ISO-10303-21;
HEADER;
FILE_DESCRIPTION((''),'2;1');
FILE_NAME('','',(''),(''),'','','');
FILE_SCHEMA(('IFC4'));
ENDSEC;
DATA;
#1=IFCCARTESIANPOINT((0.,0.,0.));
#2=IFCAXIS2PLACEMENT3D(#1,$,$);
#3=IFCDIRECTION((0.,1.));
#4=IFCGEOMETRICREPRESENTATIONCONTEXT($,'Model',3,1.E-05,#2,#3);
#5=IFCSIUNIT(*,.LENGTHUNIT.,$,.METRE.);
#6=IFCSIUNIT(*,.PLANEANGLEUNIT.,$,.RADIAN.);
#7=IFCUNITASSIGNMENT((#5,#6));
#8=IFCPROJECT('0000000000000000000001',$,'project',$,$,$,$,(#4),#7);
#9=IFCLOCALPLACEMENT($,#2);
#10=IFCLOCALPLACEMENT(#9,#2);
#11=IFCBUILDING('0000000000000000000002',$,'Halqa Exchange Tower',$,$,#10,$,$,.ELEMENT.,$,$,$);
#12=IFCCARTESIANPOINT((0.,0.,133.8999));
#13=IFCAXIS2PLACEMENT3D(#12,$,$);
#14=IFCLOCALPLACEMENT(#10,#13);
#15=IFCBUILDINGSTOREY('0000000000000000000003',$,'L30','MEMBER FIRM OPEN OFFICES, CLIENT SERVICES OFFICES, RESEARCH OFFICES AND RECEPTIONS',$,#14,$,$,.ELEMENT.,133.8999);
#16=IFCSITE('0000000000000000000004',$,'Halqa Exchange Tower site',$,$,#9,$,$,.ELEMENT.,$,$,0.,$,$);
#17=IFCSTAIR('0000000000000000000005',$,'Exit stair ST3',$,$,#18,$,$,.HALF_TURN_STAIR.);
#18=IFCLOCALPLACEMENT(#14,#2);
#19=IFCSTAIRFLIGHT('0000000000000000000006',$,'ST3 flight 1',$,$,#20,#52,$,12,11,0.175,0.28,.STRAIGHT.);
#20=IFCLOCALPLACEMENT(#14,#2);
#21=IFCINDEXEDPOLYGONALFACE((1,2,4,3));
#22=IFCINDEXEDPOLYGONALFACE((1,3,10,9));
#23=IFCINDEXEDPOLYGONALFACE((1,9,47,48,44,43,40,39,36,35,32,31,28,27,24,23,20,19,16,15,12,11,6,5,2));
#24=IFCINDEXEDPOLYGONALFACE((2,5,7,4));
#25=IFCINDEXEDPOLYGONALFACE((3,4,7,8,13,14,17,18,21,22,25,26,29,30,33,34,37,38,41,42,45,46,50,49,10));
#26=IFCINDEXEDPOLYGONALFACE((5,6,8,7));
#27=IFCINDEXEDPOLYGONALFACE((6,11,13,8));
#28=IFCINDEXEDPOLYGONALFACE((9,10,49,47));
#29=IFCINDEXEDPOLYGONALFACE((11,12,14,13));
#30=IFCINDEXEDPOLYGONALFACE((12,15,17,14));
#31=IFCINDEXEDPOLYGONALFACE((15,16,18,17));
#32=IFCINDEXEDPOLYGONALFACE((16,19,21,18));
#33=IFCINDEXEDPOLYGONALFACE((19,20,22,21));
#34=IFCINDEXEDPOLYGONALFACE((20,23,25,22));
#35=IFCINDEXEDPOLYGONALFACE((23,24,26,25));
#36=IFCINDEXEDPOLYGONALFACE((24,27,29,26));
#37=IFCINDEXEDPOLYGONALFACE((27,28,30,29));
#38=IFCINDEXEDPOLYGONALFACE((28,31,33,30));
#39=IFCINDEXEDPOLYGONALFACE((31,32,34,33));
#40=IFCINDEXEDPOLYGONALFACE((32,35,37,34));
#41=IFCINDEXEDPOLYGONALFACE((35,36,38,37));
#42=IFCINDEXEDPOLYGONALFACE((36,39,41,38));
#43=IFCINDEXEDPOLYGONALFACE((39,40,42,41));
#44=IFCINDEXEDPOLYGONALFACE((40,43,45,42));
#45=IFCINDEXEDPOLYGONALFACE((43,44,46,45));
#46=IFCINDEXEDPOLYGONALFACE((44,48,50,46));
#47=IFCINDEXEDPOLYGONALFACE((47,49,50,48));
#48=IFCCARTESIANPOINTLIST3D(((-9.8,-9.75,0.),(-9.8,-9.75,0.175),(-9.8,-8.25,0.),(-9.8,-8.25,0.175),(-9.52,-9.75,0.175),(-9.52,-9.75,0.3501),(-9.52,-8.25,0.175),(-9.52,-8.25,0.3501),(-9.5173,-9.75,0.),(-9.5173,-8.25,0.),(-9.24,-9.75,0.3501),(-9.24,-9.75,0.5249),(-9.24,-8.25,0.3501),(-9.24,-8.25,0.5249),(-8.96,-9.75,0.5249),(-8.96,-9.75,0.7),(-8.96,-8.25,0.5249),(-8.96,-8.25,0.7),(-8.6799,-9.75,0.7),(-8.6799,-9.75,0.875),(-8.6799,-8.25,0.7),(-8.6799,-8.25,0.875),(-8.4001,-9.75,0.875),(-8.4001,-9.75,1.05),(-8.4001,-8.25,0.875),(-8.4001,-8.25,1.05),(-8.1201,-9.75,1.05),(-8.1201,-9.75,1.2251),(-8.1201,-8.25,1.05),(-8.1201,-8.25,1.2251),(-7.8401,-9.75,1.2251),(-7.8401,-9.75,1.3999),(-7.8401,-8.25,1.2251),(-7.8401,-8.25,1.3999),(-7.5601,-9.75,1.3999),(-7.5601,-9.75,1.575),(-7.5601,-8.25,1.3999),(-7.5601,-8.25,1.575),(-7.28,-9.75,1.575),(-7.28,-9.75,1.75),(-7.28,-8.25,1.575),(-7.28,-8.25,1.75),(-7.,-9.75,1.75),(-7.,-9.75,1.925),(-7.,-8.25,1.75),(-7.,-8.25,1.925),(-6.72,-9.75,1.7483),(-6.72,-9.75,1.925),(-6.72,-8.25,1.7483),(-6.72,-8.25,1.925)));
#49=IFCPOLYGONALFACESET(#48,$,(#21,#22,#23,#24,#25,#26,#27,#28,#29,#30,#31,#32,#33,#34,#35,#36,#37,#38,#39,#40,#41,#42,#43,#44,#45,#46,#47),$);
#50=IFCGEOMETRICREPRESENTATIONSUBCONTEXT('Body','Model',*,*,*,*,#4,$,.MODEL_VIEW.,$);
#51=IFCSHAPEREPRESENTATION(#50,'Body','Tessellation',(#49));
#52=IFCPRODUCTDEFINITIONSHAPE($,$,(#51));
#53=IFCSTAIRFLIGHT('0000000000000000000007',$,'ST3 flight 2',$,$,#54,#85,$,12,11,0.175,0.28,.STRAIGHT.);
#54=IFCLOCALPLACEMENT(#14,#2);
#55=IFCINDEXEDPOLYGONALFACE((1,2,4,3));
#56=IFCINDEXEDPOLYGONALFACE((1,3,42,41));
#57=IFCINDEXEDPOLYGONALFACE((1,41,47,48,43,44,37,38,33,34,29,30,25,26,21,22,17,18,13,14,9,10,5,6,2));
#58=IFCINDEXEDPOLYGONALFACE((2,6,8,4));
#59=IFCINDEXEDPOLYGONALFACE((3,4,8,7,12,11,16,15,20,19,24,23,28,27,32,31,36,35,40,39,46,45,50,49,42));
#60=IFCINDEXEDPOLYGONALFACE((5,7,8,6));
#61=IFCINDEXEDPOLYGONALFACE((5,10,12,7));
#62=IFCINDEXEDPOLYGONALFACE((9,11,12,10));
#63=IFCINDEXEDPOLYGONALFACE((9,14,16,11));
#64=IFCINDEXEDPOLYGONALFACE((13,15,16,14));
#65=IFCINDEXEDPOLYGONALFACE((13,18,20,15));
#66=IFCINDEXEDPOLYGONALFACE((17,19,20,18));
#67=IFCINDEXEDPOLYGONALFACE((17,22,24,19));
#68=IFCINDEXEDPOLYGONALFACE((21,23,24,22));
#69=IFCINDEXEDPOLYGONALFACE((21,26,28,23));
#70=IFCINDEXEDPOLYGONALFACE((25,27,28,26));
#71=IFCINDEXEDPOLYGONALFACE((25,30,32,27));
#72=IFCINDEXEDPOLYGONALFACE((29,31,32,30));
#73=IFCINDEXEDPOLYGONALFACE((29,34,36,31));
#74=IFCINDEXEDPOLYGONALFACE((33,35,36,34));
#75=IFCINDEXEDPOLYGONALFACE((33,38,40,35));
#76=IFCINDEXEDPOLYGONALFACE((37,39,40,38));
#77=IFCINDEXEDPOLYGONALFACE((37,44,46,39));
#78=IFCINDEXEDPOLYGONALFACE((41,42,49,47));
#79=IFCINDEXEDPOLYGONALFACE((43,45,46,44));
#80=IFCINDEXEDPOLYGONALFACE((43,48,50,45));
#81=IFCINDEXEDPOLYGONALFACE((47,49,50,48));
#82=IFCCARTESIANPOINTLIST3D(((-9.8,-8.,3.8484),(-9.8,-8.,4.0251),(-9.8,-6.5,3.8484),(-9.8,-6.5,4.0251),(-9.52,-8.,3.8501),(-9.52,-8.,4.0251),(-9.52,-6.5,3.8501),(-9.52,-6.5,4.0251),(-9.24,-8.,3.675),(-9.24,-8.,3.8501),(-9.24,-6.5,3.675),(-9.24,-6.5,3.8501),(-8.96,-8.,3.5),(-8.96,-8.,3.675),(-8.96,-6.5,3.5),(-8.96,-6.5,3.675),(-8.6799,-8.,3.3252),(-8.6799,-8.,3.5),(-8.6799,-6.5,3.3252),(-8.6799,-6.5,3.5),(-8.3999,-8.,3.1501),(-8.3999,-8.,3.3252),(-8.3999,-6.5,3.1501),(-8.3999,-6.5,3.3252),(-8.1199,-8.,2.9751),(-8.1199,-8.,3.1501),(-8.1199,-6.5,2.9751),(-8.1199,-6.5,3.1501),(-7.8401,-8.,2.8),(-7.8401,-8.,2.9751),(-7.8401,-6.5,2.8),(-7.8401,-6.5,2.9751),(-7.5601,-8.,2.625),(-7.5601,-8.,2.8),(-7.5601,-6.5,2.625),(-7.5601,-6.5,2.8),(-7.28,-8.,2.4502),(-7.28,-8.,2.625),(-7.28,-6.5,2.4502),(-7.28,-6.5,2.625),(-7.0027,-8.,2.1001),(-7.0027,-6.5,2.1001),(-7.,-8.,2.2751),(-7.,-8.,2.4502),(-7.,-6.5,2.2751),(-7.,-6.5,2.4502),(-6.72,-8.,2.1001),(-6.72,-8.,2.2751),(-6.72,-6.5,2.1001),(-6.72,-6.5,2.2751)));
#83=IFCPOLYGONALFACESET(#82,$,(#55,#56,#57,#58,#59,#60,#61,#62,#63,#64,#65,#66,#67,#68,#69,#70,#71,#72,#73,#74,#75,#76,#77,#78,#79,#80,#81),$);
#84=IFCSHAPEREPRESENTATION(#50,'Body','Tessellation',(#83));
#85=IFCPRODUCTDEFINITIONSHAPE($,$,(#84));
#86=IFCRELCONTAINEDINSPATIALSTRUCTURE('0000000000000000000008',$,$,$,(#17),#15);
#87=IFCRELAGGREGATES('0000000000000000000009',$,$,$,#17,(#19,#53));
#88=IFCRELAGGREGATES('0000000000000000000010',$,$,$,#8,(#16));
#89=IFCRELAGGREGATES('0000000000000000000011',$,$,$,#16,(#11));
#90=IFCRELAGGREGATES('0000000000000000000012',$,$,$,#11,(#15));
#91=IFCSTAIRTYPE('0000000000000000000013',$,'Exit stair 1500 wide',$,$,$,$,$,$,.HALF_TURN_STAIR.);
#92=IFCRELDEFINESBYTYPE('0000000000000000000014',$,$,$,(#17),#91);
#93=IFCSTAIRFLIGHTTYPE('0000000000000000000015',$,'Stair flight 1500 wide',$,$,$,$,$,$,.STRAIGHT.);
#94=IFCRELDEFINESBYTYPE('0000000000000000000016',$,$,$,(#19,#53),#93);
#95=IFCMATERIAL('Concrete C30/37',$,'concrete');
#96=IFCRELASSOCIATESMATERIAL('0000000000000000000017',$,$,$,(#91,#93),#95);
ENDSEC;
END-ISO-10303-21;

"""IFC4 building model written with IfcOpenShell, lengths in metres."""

from ifc_helpers import new_model, si_unit, direction, frame, origin, place, context, subcontext, project, spatial, polyline, outline, extrude, material, type_object, element, aggregate, save


model = new_model("IFC4")

# Units and contexts
model_context = context("Model", 3, precision=1e-05, world=origin(), true_north=direction((0.0, 1.0)))
body_context = subcontext(model_context, "Body", "Model", "MODEL_VIEW")
ifc_project = project(units=[si_unit("LENGTHUNIT", "METRE"), si_unit("PLANEANGLEUNIT", "RADIAN")], contexts=[model_context])

# Site, building, storey
site_placement = place(None, origin())
site = spatial("IfcSite", under=ifc_project, at=site_placement, Name="Halqa Exchange Tower site", CompositionType="ELEMENT", RefElevation=0.0)
building_placement = place(site_placement, origin())
building = spatial("IfcBuilding", under=site, at=building_placement, Name="Halqa Exchange Tower", CompositionType="ELEMENT")
storey_placement = place(building_placement, frame((0.0, 0.0, 133.8999)))
storey = spatial("IfcBuildingStorey", under=building, at=storey_placement, Name="L30", Description="MEMBER FIRM OPEN OFFICES, CLIENT SERVICES OFFICES, RESEARCH OFFICES AND RECEPTIONS", CompositionType="ELEMENT", Elevation=133.8999)

# Stair, stair flights
ifc_material_1 = material(Name="Concrete C30/37", Category="concrete")
stair_type = type_object("IfcStairType", Name="Exit stair 1500 wide", PredefinedType="HALF_TURN_STAIR", material=ifc_material_1)
stair_placement = place(storey_placement, origin())
stair = element("IfcStair", 1, at=stair_placement, inside=storey, type_object=stair_type, Name="Exit stair ST3", PredefinedType="HALF_TURN_STAIR")
stair_flight_type = type_object("IfcStairFlightType", Name="Stair flight 1500 wide", PredefinedType="STRAIGHT", material=ifc_material_1)
stair_flight_1_placement = place(storey_placement, frame((-9.8, -9.0, 0.0), z_axis=(0.0, 0.0, 1.0), x_axis=(1.0, 0.0, 0.0)))
stair_flight_1 = element("IfcStairFlight", 2, at=stair_flight_1_placement, type_object=stair_flight_type, Name="ST3 flight 1", NumberOfRisers=12, NumberOfTreads=11, PredefinedType="STRAIGHT", RiserHeight=0.175, TreadLength=0.28, context=body_context, shape_type="SweptSolid", body=[
    extrude(outline(polyline([(0.0, 0.0), (0.0, 0.175), (0.28, 0.175), (0.28, 0.3501), (0.5601, 0.3501), (0.5601, 0.5249), (0.8401, 0.5249), (0.8401, 0.7), (1.1201, 0.7), (1.1201, 0.875), (1.3999, 0.875), (1.3999, 1.05), (1.6799, 1.05), (1.6799, 1.2251), (1.96, 1.2251), (1.96, 1.3999), (2.24, 1.3999), (2.24, 1.575), (2.52, 1.575), (2.52, 1.75), (2.8, 1.75), (2.8, 1.925), (3.0801, 1.925), (3.0801, 2.1001), (3.0801, 1.7483), (0.2827, 0.0), (0.0, 0.0)])), frame((0.0, 0.75, 0.0), z_axis=(0.0, -1.0, 0.0), x_axis=(1.0, 0.0, 0.0)), (0.0, 0.0, 1.0), 1.5),
])
stair_flight_2_placement = place(storey_placement, frame((-6.72, -7.25, 2.1001), z_axis=(0.0, 0.0, 1.0), x_axis=(-1.0, 0.0, 0.0)))
stair_flight_2 = element("IfcStairFlight", 3, at=stair_flight_2_placement, type_object=stair_flight_type, Name="ST3 flight 2", NumberOfRisers=12, NumberOfTreads=11, PredefinedType="STRAIGHT", RiserHeight=0.175, TreadLength=0.28, context=body_context, shape_type="SweptSolid", body=[
    extrude(outline(polyline([(0.0, 0.0), (0.0, 0.175), (0.28, 0.175), (0.28, 0.3501), (0.5601, 0.3501), (0.5601, 0.5249), (0.8401, 0.5249), (0.8401, 0.7), (1.1201, 0.7), (1.1201, 0.875), (1.3999, 0.875), (1.3999, 1.05), (1.6799, 1.05), (1.6799, 1.2251), (1.96, 1.2251), (1.96, 1.3999), (2.24, 1.3999), (2.24, 1.575), (2.52, 1.575), (2.52, 1.75), (2.8, 1.75), (2.8, 1.925), (3.0801, 1.925), (3.0801, 2.1001), (3.0801, 1.7483), (0.2827, 0.0), (0.0, 0.0)])), frame((0.0, 0.75, 0.0), z_axis=(0.0, -1.0, 0.0), x_axis=(1.0, 0.0, 0.0)), (0.0, 0.0, 1.0), 1.5),
])
aggregate(stair, [stair_flight_1, stair_flight_2])

save(model, "model.ifc")
